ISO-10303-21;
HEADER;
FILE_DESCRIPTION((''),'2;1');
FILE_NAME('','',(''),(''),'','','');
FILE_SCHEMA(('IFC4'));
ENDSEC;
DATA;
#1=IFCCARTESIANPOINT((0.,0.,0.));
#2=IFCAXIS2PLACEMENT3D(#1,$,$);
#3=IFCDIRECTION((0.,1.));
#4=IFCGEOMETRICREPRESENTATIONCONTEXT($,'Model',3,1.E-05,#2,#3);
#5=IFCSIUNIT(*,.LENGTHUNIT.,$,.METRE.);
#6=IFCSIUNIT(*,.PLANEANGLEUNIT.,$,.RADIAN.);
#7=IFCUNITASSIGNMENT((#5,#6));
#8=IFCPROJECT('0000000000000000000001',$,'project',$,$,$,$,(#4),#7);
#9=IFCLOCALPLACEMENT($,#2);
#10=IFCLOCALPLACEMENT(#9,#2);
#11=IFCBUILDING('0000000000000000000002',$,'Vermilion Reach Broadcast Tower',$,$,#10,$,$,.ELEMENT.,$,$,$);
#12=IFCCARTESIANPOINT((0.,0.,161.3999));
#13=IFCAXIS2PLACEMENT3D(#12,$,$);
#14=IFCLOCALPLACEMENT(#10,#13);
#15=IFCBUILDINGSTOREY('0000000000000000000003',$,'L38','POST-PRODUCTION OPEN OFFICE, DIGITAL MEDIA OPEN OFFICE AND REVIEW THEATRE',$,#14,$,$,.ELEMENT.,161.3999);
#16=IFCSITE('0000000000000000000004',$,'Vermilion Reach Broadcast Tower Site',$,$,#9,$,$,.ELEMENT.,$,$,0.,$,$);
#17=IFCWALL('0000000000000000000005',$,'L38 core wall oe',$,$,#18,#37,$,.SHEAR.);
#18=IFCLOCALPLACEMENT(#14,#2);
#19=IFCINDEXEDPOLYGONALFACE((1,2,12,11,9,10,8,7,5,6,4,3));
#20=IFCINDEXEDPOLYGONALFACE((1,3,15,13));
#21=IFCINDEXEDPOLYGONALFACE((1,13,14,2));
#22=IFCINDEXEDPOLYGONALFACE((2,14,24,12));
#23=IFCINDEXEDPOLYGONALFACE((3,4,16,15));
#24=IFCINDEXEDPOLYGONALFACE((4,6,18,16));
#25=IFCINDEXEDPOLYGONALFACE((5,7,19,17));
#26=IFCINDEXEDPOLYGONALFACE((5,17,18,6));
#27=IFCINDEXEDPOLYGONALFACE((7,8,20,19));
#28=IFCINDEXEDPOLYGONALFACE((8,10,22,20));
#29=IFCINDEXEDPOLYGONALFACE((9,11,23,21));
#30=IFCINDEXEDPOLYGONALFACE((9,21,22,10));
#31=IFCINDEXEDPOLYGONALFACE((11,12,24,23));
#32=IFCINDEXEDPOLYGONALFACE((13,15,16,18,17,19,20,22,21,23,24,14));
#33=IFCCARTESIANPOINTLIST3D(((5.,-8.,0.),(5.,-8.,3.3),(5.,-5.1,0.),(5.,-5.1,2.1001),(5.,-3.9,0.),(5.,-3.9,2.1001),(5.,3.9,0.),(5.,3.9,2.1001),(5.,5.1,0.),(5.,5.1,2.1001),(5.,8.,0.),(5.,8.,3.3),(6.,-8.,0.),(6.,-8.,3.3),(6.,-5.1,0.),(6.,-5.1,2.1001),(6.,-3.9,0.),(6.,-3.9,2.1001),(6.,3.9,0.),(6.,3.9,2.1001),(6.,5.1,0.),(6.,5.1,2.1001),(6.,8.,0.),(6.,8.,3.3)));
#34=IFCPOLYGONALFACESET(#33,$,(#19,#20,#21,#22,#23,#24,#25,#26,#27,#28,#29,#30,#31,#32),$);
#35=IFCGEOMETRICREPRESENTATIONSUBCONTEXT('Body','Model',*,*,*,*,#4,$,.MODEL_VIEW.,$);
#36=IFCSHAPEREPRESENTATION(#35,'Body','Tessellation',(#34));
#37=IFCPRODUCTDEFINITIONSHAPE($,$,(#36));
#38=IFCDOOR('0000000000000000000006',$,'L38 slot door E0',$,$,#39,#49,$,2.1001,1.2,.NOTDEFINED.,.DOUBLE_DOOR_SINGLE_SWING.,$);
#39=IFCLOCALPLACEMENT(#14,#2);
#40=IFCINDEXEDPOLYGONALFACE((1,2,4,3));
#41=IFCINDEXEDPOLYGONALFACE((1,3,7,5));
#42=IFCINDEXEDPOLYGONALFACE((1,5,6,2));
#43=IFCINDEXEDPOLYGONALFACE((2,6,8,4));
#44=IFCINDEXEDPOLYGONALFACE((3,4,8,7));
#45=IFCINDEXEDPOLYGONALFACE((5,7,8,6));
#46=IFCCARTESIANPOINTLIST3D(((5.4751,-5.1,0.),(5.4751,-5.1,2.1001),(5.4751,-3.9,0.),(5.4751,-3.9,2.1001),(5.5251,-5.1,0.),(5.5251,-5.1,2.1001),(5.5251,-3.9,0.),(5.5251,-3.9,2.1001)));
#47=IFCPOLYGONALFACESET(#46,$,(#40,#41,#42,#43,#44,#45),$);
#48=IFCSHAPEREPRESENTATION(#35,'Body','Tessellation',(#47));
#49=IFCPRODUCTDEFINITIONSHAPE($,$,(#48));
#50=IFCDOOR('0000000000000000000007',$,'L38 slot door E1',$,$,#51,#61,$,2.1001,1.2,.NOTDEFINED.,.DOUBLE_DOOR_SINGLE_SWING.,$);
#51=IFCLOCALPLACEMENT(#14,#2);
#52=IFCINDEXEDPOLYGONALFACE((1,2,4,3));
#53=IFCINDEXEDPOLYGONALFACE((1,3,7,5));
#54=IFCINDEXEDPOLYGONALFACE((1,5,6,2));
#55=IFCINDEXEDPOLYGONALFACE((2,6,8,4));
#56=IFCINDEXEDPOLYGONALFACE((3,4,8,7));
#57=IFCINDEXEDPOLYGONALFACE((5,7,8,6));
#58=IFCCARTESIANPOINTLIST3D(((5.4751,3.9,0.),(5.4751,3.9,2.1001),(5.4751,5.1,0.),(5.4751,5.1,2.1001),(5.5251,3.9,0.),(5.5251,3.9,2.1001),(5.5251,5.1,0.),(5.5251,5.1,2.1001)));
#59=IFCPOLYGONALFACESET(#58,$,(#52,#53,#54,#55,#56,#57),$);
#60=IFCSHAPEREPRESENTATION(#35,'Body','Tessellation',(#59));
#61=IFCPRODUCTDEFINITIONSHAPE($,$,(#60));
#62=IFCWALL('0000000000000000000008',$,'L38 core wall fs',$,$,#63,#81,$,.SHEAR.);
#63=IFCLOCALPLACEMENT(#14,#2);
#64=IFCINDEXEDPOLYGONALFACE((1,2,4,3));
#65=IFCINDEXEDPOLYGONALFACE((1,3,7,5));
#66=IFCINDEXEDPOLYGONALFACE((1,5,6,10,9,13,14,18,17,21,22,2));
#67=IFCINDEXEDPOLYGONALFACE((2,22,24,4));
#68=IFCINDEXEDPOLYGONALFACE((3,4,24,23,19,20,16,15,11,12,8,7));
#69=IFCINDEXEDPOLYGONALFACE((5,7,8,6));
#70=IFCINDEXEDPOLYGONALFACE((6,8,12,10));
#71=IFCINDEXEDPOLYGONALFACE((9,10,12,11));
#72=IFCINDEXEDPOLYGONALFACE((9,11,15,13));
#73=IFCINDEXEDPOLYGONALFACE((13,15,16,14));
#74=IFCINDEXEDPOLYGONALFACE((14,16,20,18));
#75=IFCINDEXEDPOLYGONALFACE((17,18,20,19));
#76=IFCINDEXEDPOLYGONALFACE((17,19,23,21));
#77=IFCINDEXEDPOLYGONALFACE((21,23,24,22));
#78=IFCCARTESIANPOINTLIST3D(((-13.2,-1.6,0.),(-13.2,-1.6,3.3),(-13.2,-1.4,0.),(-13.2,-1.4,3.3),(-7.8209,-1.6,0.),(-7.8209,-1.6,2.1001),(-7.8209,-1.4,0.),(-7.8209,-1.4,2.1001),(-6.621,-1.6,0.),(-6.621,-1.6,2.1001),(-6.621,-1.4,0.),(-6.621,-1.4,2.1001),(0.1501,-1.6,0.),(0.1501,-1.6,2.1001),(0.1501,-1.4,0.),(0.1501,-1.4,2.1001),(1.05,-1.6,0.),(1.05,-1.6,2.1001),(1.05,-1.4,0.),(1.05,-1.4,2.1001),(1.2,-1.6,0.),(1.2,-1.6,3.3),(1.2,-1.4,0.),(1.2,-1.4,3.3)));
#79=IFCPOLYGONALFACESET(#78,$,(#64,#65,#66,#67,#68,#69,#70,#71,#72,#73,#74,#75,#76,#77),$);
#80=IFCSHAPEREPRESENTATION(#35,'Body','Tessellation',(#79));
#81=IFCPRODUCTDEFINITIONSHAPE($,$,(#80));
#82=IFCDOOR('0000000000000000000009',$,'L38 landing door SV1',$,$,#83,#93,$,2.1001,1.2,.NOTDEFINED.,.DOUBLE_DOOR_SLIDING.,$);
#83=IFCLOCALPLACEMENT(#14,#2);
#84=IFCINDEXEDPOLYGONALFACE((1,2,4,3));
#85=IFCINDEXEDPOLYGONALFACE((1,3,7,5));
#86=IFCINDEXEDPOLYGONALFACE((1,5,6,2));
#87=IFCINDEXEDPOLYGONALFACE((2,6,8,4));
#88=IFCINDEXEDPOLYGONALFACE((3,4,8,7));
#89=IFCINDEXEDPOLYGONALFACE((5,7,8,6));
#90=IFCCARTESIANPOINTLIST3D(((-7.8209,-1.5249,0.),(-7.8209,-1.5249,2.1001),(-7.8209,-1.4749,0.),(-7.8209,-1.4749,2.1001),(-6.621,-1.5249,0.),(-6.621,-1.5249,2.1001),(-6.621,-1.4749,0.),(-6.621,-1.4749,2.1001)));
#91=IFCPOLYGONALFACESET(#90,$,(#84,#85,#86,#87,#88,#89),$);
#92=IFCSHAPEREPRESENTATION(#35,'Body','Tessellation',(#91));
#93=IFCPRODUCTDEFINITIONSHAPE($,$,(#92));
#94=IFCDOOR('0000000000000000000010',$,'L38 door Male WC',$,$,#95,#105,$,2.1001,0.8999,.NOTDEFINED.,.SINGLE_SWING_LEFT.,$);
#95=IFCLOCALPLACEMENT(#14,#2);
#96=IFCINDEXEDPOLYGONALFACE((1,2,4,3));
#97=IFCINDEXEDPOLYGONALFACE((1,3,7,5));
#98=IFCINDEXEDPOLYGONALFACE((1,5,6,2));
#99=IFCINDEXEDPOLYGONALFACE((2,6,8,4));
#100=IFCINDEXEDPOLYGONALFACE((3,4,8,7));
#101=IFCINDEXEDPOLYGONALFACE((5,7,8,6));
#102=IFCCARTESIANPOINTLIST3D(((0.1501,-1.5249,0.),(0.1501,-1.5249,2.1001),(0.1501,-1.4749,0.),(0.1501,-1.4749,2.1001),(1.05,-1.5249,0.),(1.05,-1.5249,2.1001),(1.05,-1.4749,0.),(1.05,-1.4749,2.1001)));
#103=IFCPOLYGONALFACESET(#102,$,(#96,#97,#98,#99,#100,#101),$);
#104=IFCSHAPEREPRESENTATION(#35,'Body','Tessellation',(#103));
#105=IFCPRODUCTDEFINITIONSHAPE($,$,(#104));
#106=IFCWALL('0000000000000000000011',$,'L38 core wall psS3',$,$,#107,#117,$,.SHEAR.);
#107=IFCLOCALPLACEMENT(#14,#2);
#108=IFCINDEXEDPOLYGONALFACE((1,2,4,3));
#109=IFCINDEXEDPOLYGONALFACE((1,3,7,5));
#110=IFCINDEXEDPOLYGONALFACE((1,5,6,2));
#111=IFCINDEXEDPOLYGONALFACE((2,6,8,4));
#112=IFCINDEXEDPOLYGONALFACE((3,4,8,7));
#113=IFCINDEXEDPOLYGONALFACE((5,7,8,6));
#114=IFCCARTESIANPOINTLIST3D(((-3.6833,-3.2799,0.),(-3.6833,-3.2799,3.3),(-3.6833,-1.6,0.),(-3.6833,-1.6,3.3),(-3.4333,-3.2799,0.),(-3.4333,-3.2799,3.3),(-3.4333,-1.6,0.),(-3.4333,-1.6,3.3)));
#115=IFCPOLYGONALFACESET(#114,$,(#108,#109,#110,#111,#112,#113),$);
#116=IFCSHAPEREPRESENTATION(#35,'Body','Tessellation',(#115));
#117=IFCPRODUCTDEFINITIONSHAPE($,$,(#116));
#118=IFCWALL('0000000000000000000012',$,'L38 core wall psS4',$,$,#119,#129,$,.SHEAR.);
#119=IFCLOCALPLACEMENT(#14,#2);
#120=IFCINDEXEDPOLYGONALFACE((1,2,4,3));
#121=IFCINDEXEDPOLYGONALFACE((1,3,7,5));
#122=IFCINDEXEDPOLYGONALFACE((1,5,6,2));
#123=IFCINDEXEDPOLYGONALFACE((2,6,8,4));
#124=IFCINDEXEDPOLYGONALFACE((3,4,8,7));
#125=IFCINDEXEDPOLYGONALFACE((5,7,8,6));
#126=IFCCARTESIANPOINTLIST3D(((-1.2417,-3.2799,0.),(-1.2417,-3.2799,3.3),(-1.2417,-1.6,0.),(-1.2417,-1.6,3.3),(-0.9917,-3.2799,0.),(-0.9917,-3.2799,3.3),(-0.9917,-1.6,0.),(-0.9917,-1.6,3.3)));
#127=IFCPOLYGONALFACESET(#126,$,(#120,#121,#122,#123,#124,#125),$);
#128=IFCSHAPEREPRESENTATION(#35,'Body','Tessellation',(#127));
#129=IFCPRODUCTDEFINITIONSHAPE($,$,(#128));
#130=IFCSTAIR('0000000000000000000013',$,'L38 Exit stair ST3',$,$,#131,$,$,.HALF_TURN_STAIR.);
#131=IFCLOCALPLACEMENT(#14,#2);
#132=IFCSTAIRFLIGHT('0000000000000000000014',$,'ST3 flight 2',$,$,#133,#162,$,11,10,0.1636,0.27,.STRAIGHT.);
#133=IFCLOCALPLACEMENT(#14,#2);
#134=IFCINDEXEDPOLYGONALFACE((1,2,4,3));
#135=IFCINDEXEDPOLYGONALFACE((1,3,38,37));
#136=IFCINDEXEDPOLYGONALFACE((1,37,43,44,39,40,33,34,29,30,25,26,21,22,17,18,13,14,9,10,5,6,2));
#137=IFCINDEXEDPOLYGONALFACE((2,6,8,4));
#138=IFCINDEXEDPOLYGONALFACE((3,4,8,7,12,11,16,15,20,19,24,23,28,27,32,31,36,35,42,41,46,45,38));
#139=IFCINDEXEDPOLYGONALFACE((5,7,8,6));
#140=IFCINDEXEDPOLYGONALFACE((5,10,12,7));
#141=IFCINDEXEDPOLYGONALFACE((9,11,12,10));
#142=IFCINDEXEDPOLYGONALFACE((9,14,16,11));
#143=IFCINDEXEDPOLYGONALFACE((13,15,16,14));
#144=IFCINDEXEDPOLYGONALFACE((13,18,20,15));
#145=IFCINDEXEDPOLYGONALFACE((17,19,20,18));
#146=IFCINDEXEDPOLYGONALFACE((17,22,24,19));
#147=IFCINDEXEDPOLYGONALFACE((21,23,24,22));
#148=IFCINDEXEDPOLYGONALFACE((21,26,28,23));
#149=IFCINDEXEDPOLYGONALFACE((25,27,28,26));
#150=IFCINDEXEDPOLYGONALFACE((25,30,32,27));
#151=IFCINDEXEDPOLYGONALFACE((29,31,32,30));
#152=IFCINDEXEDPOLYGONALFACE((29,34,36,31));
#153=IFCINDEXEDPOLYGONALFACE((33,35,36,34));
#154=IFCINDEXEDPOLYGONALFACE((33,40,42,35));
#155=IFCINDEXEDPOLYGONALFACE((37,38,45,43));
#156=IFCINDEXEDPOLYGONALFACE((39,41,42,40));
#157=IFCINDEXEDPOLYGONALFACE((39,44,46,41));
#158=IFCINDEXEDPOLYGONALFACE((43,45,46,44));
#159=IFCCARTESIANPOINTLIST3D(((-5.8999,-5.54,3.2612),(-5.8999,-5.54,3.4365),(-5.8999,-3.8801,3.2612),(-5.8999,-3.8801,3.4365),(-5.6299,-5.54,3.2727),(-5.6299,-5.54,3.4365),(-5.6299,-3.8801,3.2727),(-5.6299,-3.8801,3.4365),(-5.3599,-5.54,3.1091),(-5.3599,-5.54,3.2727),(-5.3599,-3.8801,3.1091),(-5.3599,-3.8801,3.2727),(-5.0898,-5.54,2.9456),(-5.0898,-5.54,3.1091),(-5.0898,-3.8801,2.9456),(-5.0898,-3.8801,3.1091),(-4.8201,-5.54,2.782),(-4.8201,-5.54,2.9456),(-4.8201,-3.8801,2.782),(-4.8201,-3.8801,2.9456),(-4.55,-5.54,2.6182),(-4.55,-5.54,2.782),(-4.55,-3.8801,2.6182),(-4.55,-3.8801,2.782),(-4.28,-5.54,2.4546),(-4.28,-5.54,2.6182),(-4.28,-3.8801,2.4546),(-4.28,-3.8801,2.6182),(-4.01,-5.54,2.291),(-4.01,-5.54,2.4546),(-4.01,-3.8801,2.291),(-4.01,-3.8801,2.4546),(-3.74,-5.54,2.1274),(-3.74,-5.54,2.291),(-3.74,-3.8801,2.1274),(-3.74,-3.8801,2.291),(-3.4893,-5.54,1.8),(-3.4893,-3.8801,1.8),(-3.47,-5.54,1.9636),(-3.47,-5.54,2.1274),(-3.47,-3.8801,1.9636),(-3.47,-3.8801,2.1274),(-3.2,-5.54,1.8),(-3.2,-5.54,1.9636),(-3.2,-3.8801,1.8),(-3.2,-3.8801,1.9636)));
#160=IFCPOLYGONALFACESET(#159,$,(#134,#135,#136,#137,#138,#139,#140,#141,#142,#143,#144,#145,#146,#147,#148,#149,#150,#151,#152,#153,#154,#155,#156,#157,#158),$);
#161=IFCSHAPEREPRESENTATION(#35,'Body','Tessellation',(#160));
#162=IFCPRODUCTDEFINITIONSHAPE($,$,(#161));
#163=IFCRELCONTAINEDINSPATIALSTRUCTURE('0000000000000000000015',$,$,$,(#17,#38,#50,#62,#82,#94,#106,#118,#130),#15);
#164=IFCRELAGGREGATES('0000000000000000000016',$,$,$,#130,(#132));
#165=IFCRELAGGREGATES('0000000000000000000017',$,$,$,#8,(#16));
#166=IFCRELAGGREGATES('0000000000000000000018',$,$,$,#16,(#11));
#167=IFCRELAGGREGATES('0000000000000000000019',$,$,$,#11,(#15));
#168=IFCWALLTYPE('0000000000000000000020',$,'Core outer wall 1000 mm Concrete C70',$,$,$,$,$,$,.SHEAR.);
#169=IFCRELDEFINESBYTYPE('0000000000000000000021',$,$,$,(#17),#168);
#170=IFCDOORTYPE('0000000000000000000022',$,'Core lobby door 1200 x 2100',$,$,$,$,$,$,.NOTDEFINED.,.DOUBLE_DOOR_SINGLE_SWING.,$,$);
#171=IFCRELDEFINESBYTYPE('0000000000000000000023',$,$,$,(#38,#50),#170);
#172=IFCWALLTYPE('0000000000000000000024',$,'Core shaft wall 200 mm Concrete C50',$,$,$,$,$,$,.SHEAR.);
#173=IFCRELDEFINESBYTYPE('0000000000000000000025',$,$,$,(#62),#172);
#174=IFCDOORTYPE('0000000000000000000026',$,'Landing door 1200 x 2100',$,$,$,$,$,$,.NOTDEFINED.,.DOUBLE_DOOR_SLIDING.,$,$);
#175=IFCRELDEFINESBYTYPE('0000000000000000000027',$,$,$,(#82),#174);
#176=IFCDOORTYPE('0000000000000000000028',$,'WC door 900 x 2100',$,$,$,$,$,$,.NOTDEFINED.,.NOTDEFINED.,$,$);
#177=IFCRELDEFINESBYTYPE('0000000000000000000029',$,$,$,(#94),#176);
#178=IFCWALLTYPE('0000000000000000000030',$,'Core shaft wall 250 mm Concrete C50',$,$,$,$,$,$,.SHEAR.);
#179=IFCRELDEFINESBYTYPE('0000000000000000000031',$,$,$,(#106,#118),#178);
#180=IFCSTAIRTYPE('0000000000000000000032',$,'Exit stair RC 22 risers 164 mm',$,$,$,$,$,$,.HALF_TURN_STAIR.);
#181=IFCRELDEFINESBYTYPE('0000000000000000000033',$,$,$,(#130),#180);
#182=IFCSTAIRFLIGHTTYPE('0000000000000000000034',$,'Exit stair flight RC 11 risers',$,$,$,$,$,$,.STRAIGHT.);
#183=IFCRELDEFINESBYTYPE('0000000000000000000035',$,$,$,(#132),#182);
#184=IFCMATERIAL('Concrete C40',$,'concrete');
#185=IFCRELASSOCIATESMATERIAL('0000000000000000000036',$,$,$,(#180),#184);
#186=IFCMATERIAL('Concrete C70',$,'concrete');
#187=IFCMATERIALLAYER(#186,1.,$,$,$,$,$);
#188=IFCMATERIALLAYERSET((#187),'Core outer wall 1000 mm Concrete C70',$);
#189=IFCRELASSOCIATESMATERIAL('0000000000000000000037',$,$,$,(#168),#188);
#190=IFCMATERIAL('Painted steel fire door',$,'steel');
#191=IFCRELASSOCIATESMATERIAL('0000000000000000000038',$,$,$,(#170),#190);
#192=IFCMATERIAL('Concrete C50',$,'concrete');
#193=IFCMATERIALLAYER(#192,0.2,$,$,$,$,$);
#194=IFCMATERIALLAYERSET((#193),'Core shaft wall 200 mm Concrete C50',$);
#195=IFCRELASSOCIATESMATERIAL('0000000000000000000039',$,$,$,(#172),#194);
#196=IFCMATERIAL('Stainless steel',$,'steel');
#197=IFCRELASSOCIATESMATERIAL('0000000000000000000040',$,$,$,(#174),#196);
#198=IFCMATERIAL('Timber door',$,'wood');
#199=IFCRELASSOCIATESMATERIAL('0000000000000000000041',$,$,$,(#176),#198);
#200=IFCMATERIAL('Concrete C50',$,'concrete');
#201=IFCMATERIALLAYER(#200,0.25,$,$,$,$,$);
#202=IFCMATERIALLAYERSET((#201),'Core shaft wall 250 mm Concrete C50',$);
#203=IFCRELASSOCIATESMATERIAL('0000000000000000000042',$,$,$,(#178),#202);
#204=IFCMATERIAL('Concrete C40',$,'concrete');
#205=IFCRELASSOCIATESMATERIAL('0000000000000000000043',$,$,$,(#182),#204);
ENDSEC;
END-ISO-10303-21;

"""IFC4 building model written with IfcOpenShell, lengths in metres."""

from ifc_helpers import new_model, si_unit, direction, frame, frame_2d, origin, place, context, subcontext, project, spatial, polyline, rectangle, outline, extrude, material, layer, layer_set, type_object, element, fill, aggregate, save


model = new_model("IFC4")

# Units and contexts
model_context = context("Model", 3, precision=1e-05, world=origin(), true_north=direction((0.0, 1.0)))
body_context = subcontext(model_context, "Body", "Model", "MODEL_VIEW")
ifc_project = project(units=[si_unit("LENGTHUNIT", "METRE"), si_unit("PLANEANGLEUNIT", "RADIAN")], contexts=[model_context])

# Site, building, storey
site_placement = place(None, origin())
site = spatial("IfcSite", under=ifc_project, at=site_placement, Name="Vermilion Reach Broadcast Tower Site", CompositionType="ELEMENT", RefElevation=0.0)
building_placement = place(site_placement, origin())
building = spatial("IfcBuilding", under=site, at=building_placement, Name="Vermilion Reach Broadcast Tower", CompositionType="ELEMENT")
storey_placement = place(building_placement, frame((0.0, 0.0, 161.3999)))
storey = spatial("IfcBuildingStorey", under=building, at=storey_placement, Name="L38", Description="POST-PRODUCTION OPEN OFFICE, DIGITAL MEDIA OPEN OFFICE AND REVIEW THEATRE", CompositionType="ELEMENT", Elevation=161.3999)

# Shared definitions
ifc_material_1 = material(Name="Concrete C40", Category="concrete")
stair_type = type_object("IfcStairType", Name="Exit stair RC 22 risers 164 mm", PredefinedType="HALF_TURN_STAIR", material=ifc_material_1)
placement_1 = place(storey_placement, origin())

# Walls, openings, doors
ifc_material_2 = material(Name="Concrete C70", Category="concrete")
ifc_layer_1 = layer(ifc_material_2, 1.0)
ifc_layer_set_1 = layer_set([ifc_layer_1], Name="Core outer wall 1000 mm Concrete C70")
wall_type_1 = type_object("IfcWallType", Name="Core outer wall 1000 mm Concrete C70", PredefinedType="SHEAR", material=ifc_layer_set_1)
wall_1_placement = place(storey_placement, frame((5.5, -8.0, 0.0), z_axis=(0.0, 0.0, 1.0), x_axis=(0.0, 1.0, 0.0)))
wall_1 = element("IfcWall", 1, at=wall_1_placement, inside=storey, type_object=wall_type_1, Name="L38 core wall oe", PredefinedType="SHEAR", context=body_context, shape_type="SweptSolid", body=[
    extrude(rectangle(XDim=16.0, YDim=1.0, at=frame_2d((8.0, 0.0))), origin(), (0.0, 0.0, 1.0), 3.3),
])
opening_1_placement = place(wall_1_placement, frame((2.8999, 0.0, 0.0)))
opening_1 = element("IfcOpeningElement", 2, at=opening_1_placement, cuts=wall_1, PredefinedType="OPENING", context=body_context, shape_type="SweptSolid", body=[
    extrude(rectangle(XDim=1.2, YDim=2.1001, at=frame_2d((0.6001, 1.05))), frame((0.0, 0.51, 0.0), z_axis=(0.0, -1.0, 0.0), x_axis=(1.0, 0.0, 0.0)), (0.0, 0.0, 1.0), 1.02),
])
opening_2_placement = place(wall_1_placement, frame((11.8999, 0.0, 0.0)))
opening_2 = element("IfcOpeningElement", 3, at=opening_2_placement, cuts=wall_1, PredefinedType="OPENING", context=body_context, shape_type="SweptSolid", body=[
    extrude(rectangle(XDim=1.2, YDim=2.1001, at=frame_2d((0.6001, 1.05))), frame((0.0, 0.51, 0.0), z_axis=(0.0, -1.0, 0.0), x_axis=(1.0, 0.0, 0.0)), (0.0, 0.0, 1.0), 1.02),
])
ifc_material_3 = material(Name="Painted steel fire door", Category="steel")
door_type_1 = type_object("IfcDoorType", Name="Core lobby door 1200 x 2100", OperationType="DOUBLE_DOOR_SINGLE_SWING", PredefinedType="NOTDEFINED", material=ifc_material_3)
door_1_placement = place(opening_1_placement, origin())
door_1 = element("IfcDoor", 4, at=door_1_placement, inside=storey, type_object=door_type_1, Name="L38 slot door E0", OperationType="DOUBLE_DOOR_SINGLE_SWING", OverallHeight=2.1001, OverallWidth=1.2, PredefinedType="NOTDEFINED", context=body_context, shape_type="SweptSolid", body=[
    extrude(rectangle(XDim=1.2, YDim=2.1001, at=frame_2d((0.6001, 1.05))), frame((0.0, 0.0249, 0.0), z_axis=(0.0, -1.0, 0.0), x_axis=(1.0, 0.0, 0.0)), (0.0, 0.0, 1.0), 0.05),
])
fill(opening_1, door_1)
door_2_placement = place(opening_2_placement, origin())
door_2 = element("IfcDoor", 5, at=door_2_placement, inside=storey, type_object=door_type_1, Name="L38 slot door E1", OperationType="DOUBLE_DOOR_SINGLE_SWING", OverallHeight=2.1001, OverallWidth=1.2, PredefinedType="NOTDEFINED", context=body_context, shape_type="SweptSolid", body=[
    extrude(rectangle(XDim=1.2, YDim=2.1001, at=frame_2d((0.6001, 1.05))), frame((0.0, 0.0249, 0.0), z_axis=(0.0, -1.0, 0.0), x_axis=(1.0, 0.0, 0.0)), (0.0, 0.0, 1.0), 0.05),
])
fill(opening_2, door_2)
ifc_material_4 = material(Name="Concrete C50", Category="concrete")
ifc_layer_2 = layer(ifc_material_4, 0.2)
ifc_layer_set_2 = layer_set([ifc_layer_2], Name="Core shaft wall 200 mm Concrete C50")
wall_type_2 = type_object("IfcWallType", Name="Core shaft wall 200 mm Concrete C50", PredefinedType="SHEAR", material=ifc_layer_set_2)
wall_2_placement = place(storey_placement, frame((1.2, -1.5, 0.0), z_axis=(0.0, 0.0, 1.0), x_axis=(-1.0, 0.0, 0.0)))
wall_2 = element("IfcWall", 6, at=wall_2_placement, inside=storey, type_object=wall_type_2, Name="L38 core wall fs", PredefinedType="SHEAR", context=body_context, shape_type="SweptSolid", body=[
    extrude(rectangle(XDim=14.3999, YDim=0.2, at=frame_2d((7.2, 0.0))), origin(), (0.0, 0.0, 1.0), 3.3),
])
opening_3_placement = place(wall_2_placement, frame((7.8208, 0.0, 0.0)))
opening_3 = element("IfcOpeningElement", 7, at=opening_3_placement, cuts=wall_2, PredefinedType="OPENING", context=body_context, shape_type="SweptSolid", body=[
    extrude(rectangle(XDim=1.2, YDim=2.1001, at=frame_2d((0.6001, 1.05))), frame((0.0, 0.1099, 0.0), z_axis=(0.0, -1.0, 0.0), x_axis=(1.0, 0.0, 0.0)), (0.0, 0.0, 1.0), 0.22),
])
opening_4_placement = place(wall_2_placement, frame((0.1499, 0.0, 0.0)))
opening_4 = element("IfcOpeningElement", 8, at=opening_4_placement, cuts=wall_2, PredefinedType="OPENING", context=body_context, shape_type="SweptSolid", body=[
    extrude(rectangle(XDim=0.8999, YDim=2.1001, at=frame_2d((0.45, 1.05))), frame((0.0, 0.1099, 0.0), z_axis=(0.0, -1.0, 0.0), x_axis=(1.0, 0.0, 0.0)), (0.0, 0.0, 1.0), 0.22),
])
ifc_material_5 = material(Name="Stainless steel", Category="steel")
door_type_2 = type_object("IfcDoorType", Name="Landing door 1200 x 2100", OperationType="DOUBLE_DOOR_SLIDING", PredefinedType="NOTDEFINED", material=ifc_material_5)
door_3_placement = place(opening_3_placement, origin())
door_3 = element("IfcDoor", 9, at=door_3_placement, inside=storey, type_object=door_type_2, Name="L38 landing door SV1", OperationType="DOUBLE_DOOR_SLIDING", OverallHeight=2.1001, OverallWidth=1.2, PredefinedType="NOTDEFINED", context=body_context, shape_type="SweptSolid", body=[
    extrude(rectangle(XDim=1.2, YDim=2.1001, at=frame_2d((0.6001, 1.05))), frame((0.0, 0.0249, 0.0), z_axis=(0.0, -1.0, 0.0), x_axis=(1.0, 0.0, 0.0)), (0.0, 0.0, 1.0), 0.05),
])
fill(opening_3, door_3)
ifc_material_6 = material(Name="Timber door", Category="wood")
door_type_3 = type_object("IfcDoorType", Name="WC door 900 x 2100", OperationType="NOTDEFINED", PredefinedType="NOTDEFINED", material=ifc_material_6)
door_4_placement = place(opening_4_placement, origin())
door_4 = element("IfcDoor", 10, at=door_4_placement, inside=storey, type_object=door_type_3, Name="L38 door Male WC", OperationType="SINGLE_SWING_LEFT", OverallHeight=2.1001, OverallWidth=0.8999, PredefinedType="NOTDEFINED", context=body_context, shape_type="SweptSolid", body=[
    extrude(rectangle(XDim=0.8999, YDim=2.1001, at=frame_2d((0.45, 1.05))), frame((0.0, 0.0249, 0.0), z_axis=(0.0, -1.0, 0.0), x_axis=(1.0, 0.0, 0.0)), (0.0, 0.0, 1.0), 0.05),
])
fill(opening_4, door_4)

# Walls
ifc_material_7 = material(Name="Concrete C50", Category="concrete")
ifc_layer_3 = layer(ifc_material_7, 0.25)
ifc_layer_set_3 = layer_set([ifc_layer_3], Name="Core shaft wall 250 mm Concrete C50")
wall_type_3 = type_object("IfcWallType", Name="Core shaft wall 250 mm Concrete C50", PredefinedType="SHEAR", material=ifc_layer_set_3)
for number, where, z_axis, x_axis, name in (
    (11, (-3.5583, -1.6001, 0.0), (0.0, 0.0, 1.0), (0.0, -1.0, 0.0), "L38 core wall psS3"),
    (12, (-1.1167, -1.6001, 0.0), (0.0, 0.0, 1.0), (0.0, -1.0, 0.0), "L38 core wall psS4"),
):
    element("IfcWall", number, at=place(storey_placement, frame(where, z_axis=z_axis, x_axis=x_axis)), inside=storey, type_object=wall_type_3, Name=name, PredefinedType="SHEAR", context=body_context, shape_type="SweptSolid", body=[
        extrude(rectangle(XDim=1.6799, YDim=0.25, at=frame_2d((0.8398, 0.0))), origin(), (0.0, 0.0, 1.0), 3.3),
    ])

# Stair, stair flight
stair_1 = element("IfcStair", 13, at=placement_1, inside=storey, type_object=stair_type, Name="L38 Exit stair ST3", PredefinedType="HALF_TURN_STAIR")
ifc_material_8 = material(Name="Concrete C40", Category="concrete")
stair_flight_type = type_object("IfcStairFlightType", Name="Exit stair flight RC 11 risers", PredefinedType="STRAIGHT", material=ifc_material_8)
stair_flight_placement = place(storey_placement, frame((-3.2, -4.71, 1.8), z_axis=(0.0, 0.0, 1.0), x_axis=(-1.0, 0.0, 0.0)))
stair_flight = element("IfcStairFlight", 14, at=stair_flight_placement, type_object=stair_flight_type, Name="ST3 flight 2", NumberOfRisers=11, NumberOfTreads=10, PredefinedType="STRAIGHT", RiserHeight=0.1636, TreadLength=0.27, context=body_context, shape_type="SweptSolid", body=[
    extrude(outline(polyline([(0.0, 0.0), (0.0, 0.1636), (0.27, 0.1636), (0.27, 0.3274), (0.54, 0.3274), (0.54, 0.491), (0.8101, 0.491), (0.8101, 0.6545), (1.0801, 0.6545), (1.0801, 0.8181), (1.3501, 0.8181), (1.3501, 0.9819), (1.6201, 0.9819), (1.6201, 1.1455), (1.8899, 1.1455), (1.8899, 1.3091), (2.1599, 1.3091), (2.1599, 1.4727), (2.4299, 1.4727), (2.4299, 1.6365), (2.7, 1.6365), (2.7, 1.8), (2.7, 1.4612), (0.2893, 0.0), (0.0, 0.0)])), frame((0.0, 0.8301, 0.0), z_axis=(0.0, -1.0, 0.0), x_axis=(1.0, 0.0, 0.0)), (0.0, 0.0, 1.0), 1.6599),
])
aggregate(stair_1, [stair_flight])

save(model, "model.ifc")
